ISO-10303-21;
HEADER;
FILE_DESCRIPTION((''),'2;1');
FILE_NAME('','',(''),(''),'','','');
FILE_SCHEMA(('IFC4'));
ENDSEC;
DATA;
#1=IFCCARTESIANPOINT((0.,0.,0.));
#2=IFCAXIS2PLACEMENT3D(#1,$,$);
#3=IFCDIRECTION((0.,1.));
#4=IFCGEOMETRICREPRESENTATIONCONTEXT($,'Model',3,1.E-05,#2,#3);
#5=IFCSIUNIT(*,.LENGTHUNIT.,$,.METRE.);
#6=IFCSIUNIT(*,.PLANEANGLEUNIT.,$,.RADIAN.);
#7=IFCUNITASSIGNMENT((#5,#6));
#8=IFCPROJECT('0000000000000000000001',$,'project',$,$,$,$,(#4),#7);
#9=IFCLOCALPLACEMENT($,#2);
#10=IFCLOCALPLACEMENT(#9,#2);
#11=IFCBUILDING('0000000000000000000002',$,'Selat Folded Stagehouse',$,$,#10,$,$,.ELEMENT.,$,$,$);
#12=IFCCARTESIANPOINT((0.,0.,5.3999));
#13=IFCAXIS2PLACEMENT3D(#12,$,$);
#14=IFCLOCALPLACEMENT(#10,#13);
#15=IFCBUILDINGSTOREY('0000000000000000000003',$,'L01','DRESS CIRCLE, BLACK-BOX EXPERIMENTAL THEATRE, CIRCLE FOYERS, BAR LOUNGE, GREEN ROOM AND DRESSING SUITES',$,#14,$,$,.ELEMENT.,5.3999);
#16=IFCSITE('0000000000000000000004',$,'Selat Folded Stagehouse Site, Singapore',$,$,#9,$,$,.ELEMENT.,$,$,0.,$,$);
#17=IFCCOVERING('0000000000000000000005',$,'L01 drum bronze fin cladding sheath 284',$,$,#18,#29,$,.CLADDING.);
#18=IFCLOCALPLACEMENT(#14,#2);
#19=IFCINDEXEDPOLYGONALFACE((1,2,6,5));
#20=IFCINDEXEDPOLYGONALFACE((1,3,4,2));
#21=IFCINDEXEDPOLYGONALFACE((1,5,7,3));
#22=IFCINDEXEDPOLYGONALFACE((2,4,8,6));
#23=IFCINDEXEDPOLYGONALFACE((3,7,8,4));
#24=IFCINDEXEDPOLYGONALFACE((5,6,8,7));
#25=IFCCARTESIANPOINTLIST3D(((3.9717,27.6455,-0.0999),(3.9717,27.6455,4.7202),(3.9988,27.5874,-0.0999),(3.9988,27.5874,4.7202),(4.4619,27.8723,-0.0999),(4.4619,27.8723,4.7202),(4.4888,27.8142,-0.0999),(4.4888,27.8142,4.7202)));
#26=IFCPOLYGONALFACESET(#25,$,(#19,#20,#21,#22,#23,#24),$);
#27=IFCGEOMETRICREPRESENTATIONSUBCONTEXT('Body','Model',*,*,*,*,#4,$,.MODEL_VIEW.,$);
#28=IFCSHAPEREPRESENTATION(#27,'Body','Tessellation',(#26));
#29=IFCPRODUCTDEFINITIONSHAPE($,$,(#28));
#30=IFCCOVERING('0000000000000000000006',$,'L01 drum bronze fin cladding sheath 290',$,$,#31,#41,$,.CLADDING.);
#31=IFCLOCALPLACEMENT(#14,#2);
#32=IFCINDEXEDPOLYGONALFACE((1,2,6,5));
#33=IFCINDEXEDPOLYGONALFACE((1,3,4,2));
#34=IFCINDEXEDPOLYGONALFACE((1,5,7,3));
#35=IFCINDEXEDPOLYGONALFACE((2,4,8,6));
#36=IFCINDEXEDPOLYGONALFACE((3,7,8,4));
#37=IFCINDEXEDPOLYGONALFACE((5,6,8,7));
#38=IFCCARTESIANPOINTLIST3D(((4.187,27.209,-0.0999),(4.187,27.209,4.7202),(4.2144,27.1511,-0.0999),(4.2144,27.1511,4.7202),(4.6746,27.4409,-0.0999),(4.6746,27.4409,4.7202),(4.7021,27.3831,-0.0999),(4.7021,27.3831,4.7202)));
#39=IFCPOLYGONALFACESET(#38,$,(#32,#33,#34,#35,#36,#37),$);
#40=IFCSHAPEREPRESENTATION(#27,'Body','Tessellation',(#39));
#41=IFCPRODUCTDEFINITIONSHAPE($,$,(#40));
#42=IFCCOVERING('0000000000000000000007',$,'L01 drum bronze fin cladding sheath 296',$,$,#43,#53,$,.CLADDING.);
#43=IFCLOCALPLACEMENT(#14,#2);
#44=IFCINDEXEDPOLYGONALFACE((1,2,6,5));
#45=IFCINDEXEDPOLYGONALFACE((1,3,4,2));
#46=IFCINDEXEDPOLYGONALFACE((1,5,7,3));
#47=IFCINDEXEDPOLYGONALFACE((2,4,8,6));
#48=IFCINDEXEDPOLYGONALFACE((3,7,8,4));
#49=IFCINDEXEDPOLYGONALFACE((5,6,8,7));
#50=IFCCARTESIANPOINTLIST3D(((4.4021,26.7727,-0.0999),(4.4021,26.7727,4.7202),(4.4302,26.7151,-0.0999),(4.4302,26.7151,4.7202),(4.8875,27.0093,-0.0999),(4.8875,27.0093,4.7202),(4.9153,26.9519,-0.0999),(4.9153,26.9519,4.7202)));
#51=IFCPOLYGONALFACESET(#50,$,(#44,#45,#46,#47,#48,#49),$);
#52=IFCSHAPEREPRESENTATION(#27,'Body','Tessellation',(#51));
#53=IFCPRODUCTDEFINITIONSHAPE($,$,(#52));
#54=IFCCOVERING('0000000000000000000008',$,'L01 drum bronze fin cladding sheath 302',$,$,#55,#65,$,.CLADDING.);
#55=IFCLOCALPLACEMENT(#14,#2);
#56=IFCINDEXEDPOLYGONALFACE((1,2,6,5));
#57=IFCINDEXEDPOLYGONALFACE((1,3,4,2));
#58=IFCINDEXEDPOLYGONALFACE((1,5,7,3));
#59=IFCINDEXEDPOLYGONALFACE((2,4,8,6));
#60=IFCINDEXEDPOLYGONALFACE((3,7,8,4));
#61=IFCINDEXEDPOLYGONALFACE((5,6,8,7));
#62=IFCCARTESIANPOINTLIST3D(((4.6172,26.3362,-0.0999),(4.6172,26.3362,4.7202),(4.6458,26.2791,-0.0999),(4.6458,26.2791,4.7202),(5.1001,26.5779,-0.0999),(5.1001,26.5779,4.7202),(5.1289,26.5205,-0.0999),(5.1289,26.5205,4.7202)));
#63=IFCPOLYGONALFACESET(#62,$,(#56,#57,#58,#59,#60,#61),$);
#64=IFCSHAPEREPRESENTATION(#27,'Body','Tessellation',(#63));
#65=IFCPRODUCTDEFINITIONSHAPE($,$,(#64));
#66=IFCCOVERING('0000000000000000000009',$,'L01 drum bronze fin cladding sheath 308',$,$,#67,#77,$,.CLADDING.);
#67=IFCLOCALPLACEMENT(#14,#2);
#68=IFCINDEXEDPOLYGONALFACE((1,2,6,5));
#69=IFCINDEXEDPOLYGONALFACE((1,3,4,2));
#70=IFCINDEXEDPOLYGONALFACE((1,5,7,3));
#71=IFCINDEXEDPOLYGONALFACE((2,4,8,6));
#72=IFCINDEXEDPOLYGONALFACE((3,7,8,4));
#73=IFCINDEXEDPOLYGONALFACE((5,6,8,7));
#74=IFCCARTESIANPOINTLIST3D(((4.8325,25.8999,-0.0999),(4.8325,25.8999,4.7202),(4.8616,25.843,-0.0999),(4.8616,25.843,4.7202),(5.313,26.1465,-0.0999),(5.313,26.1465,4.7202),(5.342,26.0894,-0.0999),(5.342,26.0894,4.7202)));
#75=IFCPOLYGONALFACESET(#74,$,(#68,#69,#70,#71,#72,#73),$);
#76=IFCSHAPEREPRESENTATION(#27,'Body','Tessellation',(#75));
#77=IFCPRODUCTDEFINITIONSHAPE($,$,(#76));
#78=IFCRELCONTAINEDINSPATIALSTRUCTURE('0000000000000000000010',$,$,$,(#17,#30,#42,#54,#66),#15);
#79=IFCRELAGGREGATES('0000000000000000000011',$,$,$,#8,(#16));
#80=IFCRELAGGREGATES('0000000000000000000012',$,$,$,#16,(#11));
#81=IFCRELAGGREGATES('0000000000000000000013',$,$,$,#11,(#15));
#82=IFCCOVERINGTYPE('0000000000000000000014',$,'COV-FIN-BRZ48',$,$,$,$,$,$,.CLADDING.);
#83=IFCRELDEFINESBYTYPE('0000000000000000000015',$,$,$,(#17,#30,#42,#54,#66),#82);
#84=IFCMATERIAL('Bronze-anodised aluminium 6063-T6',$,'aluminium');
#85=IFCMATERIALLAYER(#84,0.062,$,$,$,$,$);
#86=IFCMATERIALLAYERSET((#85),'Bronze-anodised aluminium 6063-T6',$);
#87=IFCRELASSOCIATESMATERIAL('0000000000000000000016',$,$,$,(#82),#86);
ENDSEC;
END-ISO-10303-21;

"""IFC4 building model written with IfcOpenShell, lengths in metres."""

from ifc_helpers import new_model, si_unit, direction, frame, origin, place, context, subcontext, project, spatial, polyline, outline, extrude, material, layer, layer_set, type_object, element, save


model = new_model("IFC4")

# Units and contexts
model_context = context("Model", 3, precision=1e-05, world=origin(), true_north=direction((0.0, 1.0)))
body_context = subcontext(model_context, "Body", "Model", "MODEL_VIEW")
ifc_project = project(units=[si_unit("LENGTHUNIT", "METRE"), si_unit("PLANEANGLEUNIT", "RADIAN")], contexts=[model_context])

# Site, building, storey
site_placement = place(None, origin())
site = spatial("IfcSite", under=ifc_project, at=site_placement, Name="Selat Folded Stagehouse Site, Singapore", CompositionType="ELEMENT", RefElevation=0.0)
building_placement = place(site_placement, origin())
building = spatial("IfcBuilding", under=site, at=building_placement, Name="Selat Folded Stagehouse", CompositionType="ELEMENT")
storey_placement = place(building_placement, frame((0.0, 0.0, 5.3999)))
storey = spatial("IfcBuildingStorey", under=building, at=storey_placement, Name="L01", Description="DRESS CIRCLE, BLACK-BOX EXPERIMENTAL THEATRE, CIRCLE FOYERS, BAR LOUNGE, GREEN ROOM AND DRESSING SUITES", CompositionType="ELEMENT", Elevation=5.3999)

# Coverings
ifc_material = material(Name="Bronze-anodised aluminium 6063-T6", Category="aluminium")
ifc_layer = layer(ifc_material, 0.062)
ifc_layer_set = layer_set([ifc_layer], Name="Bronze-anodised aluminium 6063-T6")
covering_type = type_object("IfcCoveringType", Name="COV-FIN-BRZ48", PredefinedType="CLADDING", material=ifc_layer_set)
covering_1_placement = place(storey_placement, frame((0.0, 0.0, -0.0999)))
element("IfcCovering", 1, at=covering_1_placement, inside=storey, type_object=covering_type, Name="L01 drum bronze fin cladding sheath 284", PredefinedType="CLADDING", context=body_context, shape_type="SweptSolid", body=[
    extrude(outline(polyline([(4.4619, 27.8723), (3.9717, 27.6455), (3.9988, 27.5874), (4.4888, 27.8142), (4.4619, 27.8723)])), origin(), (0.0, 0.0, 1.0), 4.8201),
])
covering_2_placement = place(storey_placement, frame((0.0, 0.0, -0.0999)))
element("IfcCovering", 2, at=covering_2_placement, inside=storey, type_object=covering_type, Name="L01 drum bronze fin cladding sheath 290", PredefinedType="CLADDING", context=body_context, shape_type="SweptSolid", body=[
    extrude(outline(polyline([(4.6746, 27.4409), (4.187, 27.209), (4.2144, 27.1511), (4.7021, 27.3831), (4.6746, 27.4409)])), origin(), (0.0, 0.0, 1.0), 4.8201),
])
covering_3_placement = place(storey_placement, frame((0.0, 0.0, -0.0999)))
element("IfcCovering", 3, at=covering_3_placement, inside=storey, type_object=covering_type, Name="L01 drum bronze fin cladding sheath 296", PredefinedType="CLADDING", context=body_context, shape_type="SweptSolid", body=[
    extrude(outline(polyline([(4.8875, 27.0093), (4.4021, 26.7727), (4.4302, 26.7151), (4.9153, 26.9519), (4.8875, 27.0093)])), origin(), (0.0, 0.0, 1.0), 4.8201),
])
covering_4_placement = place(storey_placement, frame((0.0, 0.0, -0.0999)))
element("IfcCovering", 4, at=covering_4_placement, inside=storey, type_object=covering_type, Name="L01 drum bronze fin cladding sheath 302", PredefinedType="CLADDING", context=body_context, shape_type="SweptSolid", body=[
    extrude(outline(polyline([(5.1001, 26.5779), (4.6172, 26.3362), (4.6458, 26.2791), (5.1289, 26.5205), (5.1001, 26.5779)])), origin(), (0.0, 0.0, 1.0), 4.8201),
])
covering_5_placement = place(storey_placement, frame((0.0, 0.0, -0.0999)))
element("IfcCovering", 5, at=covering_5_placement, inside=storey, type_object=covering_type, Name="L01 drum bronze fin cladding sheath 308", PredefinedType="CLADDING", context=body_context, shape_type="SweptSolid", body=[
    extrude(outline(polyline([(5.313, 26.1465), (4.8325, 25.8999), (4.8616, 25.843), (5.342, 26.0894), (5.313, 26.1465)])), origin(), (0.0, 0.0, 1.0), 4.8201),
])

save(model, "model.ifc")
